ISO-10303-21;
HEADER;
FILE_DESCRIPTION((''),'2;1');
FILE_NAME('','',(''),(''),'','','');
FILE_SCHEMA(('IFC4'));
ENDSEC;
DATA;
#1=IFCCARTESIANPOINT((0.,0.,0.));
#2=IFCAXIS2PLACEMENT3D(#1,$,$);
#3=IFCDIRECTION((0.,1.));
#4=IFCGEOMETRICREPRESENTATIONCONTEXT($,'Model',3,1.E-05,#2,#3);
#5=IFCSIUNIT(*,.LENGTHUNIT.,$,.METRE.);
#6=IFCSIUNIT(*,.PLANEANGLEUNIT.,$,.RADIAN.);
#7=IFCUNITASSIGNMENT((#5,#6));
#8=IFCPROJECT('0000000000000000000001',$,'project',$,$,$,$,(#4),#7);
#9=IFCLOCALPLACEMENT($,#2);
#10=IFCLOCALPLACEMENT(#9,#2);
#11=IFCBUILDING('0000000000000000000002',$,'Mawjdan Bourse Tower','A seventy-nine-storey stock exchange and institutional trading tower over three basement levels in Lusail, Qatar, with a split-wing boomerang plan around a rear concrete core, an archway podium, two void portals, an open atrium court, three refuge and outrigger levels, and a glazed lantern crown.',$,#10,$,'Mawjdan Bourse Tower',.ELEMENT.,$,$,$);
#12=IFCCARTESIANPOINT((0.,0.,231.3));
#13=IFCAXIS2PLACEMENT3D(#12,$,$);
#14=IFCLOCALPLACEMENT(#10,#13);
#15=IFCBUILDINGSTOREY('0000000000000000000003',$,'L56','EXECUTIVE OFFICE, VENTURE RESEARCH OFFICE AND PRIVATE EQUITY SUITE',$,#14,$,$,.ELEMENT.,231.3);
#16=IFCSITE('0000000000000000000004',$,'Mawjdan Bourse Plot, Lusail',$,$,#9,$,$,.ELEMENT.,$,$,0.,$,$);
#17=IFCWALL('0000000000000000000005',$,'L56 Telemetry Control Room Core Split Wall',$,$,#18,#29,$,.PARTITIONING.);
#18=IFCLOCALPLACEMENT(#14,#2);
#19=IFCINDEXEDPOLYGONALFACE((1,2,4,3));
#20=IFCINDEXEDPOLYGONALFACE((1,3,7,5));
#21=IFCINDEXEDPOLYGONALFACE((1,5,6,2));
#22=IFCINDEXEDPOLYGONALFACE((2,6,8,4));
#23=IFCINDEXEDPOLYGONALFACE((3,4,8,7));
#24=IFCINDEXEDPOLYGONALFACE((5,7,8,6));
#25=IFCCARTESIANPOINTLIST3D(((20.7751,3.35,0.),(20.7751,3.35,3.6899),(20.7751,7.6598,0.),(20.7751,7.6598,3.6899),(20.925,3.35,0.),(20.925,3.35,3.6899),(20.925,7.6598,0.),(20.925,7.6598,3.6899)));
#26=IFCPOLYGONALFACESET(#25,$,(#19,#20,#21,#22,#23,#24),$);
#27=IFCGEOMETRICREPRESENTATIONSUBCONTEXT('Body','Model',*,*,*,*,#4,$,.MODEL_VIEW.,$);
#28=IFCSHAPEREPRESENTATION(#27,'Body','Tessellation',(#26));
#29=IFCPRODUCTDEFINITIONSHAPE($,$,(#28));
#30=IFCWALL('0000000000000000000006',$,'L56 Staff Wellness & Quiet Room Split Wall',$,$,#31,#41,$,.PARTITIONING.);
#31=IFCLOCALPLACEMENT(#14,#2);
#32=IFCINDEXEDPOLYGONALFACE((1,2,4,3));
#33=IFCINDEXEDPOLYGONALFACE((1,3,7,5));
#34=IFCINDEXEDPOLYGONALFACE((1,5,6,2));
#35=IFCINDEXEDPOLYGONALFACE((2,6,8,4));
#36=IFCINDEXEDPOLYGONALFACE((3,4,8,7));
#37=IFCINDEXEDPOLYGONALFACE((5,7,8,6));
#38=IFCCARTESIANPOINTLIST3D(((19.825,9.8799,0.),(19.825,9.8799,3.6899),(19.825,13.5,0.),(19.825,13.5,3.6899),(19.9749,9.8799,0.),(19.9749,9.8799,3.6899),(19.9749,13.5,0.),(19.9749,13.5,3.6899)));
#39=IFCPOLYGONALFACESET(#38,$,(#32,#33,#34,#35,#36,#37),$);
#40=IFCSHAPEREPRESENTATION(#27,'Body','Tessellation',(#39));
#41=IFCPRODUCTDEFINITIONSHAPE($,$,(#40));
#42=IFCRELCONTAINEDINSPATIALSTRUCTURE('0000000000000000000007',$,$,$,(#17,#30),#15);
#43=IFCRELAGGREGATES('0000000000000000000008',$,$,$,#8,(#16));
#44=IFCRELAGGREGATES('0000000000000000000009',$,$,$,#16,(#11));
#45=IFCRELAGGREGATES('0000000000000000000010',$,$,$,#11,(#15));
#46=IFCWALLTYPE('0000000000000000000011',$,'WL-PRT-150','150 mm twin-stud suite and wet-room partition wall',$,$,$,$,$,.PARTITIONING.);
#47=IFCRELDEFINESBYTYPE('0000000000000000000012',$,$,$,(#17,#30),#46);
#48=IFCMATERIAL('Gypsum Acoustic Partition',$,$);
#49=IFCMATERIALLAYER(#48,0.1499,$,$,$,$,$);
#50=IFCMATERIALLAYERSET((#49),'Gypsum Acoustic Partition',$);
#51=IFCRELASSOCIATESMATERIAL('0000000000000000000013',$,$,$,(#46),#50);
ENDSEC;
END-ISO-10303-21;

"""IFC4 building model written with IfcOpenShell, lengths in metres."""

from ifc_helpers import new_model, si_unit, direction, frame, frame_2d, origin, place, context, subcontext, project, spatial, rectangle, extrude, material, layer, layer_set, type_object, element, save


model = new_model("IFC4")

# Units and contexts
model_context = context("Model", 3, precision=1e-05, world=origin(), true_north=direction((0.0, 1.0)))
body_context = subcontext(model_context, "Body", "Model", "MODEL_VIEW")
ifc_project = project(units=[si_unit("LENGTHUNIT", "METRE"), si_unit("PLANEANGLEUNIT", "RADIAN")], contexts=[model_context])

# Site, building, storey
site_placement = place(None, origin())
site = spatial("IfcSite", under=ifc_project, at=site_placement, Name="Mawjdan Bourse Plot, Lusail", CompositionType="ELEMENT", RefElevation=0.0)
building_placement = place(site_placement, origin())
building = spatial("IfcBuilding", under=site, at=building_placement, Name="Mawjdan Bourse Tower", Description="A seventy-nine-storey stock exchange and institutional trading tower over three basement levels in Lusail, Qatar, with a split-wing boomerang plan around a rear concrete core, an archway podium, two void portals, an open atrium court, three refuge and outrigger levels, and a glazed lantern crown.", LongName="Mawjdan Bourse Tower", CompositionType="ELEMENT")
storey_placement = place(building_placement, frame((0.0, 0.0, 231.3)))
storey = spatial("IfcBuildingStorey", under=building, at=storey_placement, Name="L56", Description="EXECUTIVE OFFICE, VENTURE RESEARCH OFFICE AND PRIVATE EQUITY SUITE", CompositionType="ELEMENT", Elevation=231.3)

# Walls
ifc_material_1 = material(Name="Gypsum Acoustic Partition")
ifc_layer_1 = layer(ifc_material_1, 0.1499)
ifc_layer_set_1 = layer_set([ifc_layer_1], Name="Gypsum Acoustic Partition")
wall_type_1 = type_object("IfcWallType", Name="WL-PRT-150", Description="150 mm twin-stud suite and wet-room partition wall", PredefinedType="PARTITIONING", material=ifc_layer_set_1)
wall_1_placement = place(storey_placement, frame((20.8501, 3.3501, 0.0), z_axis=(0.0, 0.0, 1.0), x_axis=(0.0, 1.0, 0.0)))
element("IfcWall", 1, at=wall_1_placement, inside=storey, type_object=wall_type_1, Name="L56 Telemetry Control Room Core Split Wall", PredefinedType="PARTITIONING", context=body_context, shape_type="SweptSolid", body=[
    extrude(rectangle(XDim=4.3098, YDim=0.1499, at=frame_2d((2.1548, 0.0))), origin(), (0.0, 0.0, 1.0), 3.6899),
])
wall_2_placement = place(storey_placement, frame((19.8999, 9.8799, 0.0), z_axis=(0.0, 0.0, 1.0), x_axis=(0.0, 1.0, 0.0)))
element("IfcWall", 2, at=wall_2_placement, inside=storey, type_object=wall_type_1, Name="L56 Staff Wellness & Quiet Room Split Wall", PredefinedType="PARTITIONING", context=body_context, shape_type="SweptSolid", body=[
    extrude(rectangle(XDim=3.6201, YDim=0.1499, at=frame_2d((1.8101, 0.0))), origin(), (0.0, 0.0, 1.0), 3.6899),
])

save(model, "model.ifc")
